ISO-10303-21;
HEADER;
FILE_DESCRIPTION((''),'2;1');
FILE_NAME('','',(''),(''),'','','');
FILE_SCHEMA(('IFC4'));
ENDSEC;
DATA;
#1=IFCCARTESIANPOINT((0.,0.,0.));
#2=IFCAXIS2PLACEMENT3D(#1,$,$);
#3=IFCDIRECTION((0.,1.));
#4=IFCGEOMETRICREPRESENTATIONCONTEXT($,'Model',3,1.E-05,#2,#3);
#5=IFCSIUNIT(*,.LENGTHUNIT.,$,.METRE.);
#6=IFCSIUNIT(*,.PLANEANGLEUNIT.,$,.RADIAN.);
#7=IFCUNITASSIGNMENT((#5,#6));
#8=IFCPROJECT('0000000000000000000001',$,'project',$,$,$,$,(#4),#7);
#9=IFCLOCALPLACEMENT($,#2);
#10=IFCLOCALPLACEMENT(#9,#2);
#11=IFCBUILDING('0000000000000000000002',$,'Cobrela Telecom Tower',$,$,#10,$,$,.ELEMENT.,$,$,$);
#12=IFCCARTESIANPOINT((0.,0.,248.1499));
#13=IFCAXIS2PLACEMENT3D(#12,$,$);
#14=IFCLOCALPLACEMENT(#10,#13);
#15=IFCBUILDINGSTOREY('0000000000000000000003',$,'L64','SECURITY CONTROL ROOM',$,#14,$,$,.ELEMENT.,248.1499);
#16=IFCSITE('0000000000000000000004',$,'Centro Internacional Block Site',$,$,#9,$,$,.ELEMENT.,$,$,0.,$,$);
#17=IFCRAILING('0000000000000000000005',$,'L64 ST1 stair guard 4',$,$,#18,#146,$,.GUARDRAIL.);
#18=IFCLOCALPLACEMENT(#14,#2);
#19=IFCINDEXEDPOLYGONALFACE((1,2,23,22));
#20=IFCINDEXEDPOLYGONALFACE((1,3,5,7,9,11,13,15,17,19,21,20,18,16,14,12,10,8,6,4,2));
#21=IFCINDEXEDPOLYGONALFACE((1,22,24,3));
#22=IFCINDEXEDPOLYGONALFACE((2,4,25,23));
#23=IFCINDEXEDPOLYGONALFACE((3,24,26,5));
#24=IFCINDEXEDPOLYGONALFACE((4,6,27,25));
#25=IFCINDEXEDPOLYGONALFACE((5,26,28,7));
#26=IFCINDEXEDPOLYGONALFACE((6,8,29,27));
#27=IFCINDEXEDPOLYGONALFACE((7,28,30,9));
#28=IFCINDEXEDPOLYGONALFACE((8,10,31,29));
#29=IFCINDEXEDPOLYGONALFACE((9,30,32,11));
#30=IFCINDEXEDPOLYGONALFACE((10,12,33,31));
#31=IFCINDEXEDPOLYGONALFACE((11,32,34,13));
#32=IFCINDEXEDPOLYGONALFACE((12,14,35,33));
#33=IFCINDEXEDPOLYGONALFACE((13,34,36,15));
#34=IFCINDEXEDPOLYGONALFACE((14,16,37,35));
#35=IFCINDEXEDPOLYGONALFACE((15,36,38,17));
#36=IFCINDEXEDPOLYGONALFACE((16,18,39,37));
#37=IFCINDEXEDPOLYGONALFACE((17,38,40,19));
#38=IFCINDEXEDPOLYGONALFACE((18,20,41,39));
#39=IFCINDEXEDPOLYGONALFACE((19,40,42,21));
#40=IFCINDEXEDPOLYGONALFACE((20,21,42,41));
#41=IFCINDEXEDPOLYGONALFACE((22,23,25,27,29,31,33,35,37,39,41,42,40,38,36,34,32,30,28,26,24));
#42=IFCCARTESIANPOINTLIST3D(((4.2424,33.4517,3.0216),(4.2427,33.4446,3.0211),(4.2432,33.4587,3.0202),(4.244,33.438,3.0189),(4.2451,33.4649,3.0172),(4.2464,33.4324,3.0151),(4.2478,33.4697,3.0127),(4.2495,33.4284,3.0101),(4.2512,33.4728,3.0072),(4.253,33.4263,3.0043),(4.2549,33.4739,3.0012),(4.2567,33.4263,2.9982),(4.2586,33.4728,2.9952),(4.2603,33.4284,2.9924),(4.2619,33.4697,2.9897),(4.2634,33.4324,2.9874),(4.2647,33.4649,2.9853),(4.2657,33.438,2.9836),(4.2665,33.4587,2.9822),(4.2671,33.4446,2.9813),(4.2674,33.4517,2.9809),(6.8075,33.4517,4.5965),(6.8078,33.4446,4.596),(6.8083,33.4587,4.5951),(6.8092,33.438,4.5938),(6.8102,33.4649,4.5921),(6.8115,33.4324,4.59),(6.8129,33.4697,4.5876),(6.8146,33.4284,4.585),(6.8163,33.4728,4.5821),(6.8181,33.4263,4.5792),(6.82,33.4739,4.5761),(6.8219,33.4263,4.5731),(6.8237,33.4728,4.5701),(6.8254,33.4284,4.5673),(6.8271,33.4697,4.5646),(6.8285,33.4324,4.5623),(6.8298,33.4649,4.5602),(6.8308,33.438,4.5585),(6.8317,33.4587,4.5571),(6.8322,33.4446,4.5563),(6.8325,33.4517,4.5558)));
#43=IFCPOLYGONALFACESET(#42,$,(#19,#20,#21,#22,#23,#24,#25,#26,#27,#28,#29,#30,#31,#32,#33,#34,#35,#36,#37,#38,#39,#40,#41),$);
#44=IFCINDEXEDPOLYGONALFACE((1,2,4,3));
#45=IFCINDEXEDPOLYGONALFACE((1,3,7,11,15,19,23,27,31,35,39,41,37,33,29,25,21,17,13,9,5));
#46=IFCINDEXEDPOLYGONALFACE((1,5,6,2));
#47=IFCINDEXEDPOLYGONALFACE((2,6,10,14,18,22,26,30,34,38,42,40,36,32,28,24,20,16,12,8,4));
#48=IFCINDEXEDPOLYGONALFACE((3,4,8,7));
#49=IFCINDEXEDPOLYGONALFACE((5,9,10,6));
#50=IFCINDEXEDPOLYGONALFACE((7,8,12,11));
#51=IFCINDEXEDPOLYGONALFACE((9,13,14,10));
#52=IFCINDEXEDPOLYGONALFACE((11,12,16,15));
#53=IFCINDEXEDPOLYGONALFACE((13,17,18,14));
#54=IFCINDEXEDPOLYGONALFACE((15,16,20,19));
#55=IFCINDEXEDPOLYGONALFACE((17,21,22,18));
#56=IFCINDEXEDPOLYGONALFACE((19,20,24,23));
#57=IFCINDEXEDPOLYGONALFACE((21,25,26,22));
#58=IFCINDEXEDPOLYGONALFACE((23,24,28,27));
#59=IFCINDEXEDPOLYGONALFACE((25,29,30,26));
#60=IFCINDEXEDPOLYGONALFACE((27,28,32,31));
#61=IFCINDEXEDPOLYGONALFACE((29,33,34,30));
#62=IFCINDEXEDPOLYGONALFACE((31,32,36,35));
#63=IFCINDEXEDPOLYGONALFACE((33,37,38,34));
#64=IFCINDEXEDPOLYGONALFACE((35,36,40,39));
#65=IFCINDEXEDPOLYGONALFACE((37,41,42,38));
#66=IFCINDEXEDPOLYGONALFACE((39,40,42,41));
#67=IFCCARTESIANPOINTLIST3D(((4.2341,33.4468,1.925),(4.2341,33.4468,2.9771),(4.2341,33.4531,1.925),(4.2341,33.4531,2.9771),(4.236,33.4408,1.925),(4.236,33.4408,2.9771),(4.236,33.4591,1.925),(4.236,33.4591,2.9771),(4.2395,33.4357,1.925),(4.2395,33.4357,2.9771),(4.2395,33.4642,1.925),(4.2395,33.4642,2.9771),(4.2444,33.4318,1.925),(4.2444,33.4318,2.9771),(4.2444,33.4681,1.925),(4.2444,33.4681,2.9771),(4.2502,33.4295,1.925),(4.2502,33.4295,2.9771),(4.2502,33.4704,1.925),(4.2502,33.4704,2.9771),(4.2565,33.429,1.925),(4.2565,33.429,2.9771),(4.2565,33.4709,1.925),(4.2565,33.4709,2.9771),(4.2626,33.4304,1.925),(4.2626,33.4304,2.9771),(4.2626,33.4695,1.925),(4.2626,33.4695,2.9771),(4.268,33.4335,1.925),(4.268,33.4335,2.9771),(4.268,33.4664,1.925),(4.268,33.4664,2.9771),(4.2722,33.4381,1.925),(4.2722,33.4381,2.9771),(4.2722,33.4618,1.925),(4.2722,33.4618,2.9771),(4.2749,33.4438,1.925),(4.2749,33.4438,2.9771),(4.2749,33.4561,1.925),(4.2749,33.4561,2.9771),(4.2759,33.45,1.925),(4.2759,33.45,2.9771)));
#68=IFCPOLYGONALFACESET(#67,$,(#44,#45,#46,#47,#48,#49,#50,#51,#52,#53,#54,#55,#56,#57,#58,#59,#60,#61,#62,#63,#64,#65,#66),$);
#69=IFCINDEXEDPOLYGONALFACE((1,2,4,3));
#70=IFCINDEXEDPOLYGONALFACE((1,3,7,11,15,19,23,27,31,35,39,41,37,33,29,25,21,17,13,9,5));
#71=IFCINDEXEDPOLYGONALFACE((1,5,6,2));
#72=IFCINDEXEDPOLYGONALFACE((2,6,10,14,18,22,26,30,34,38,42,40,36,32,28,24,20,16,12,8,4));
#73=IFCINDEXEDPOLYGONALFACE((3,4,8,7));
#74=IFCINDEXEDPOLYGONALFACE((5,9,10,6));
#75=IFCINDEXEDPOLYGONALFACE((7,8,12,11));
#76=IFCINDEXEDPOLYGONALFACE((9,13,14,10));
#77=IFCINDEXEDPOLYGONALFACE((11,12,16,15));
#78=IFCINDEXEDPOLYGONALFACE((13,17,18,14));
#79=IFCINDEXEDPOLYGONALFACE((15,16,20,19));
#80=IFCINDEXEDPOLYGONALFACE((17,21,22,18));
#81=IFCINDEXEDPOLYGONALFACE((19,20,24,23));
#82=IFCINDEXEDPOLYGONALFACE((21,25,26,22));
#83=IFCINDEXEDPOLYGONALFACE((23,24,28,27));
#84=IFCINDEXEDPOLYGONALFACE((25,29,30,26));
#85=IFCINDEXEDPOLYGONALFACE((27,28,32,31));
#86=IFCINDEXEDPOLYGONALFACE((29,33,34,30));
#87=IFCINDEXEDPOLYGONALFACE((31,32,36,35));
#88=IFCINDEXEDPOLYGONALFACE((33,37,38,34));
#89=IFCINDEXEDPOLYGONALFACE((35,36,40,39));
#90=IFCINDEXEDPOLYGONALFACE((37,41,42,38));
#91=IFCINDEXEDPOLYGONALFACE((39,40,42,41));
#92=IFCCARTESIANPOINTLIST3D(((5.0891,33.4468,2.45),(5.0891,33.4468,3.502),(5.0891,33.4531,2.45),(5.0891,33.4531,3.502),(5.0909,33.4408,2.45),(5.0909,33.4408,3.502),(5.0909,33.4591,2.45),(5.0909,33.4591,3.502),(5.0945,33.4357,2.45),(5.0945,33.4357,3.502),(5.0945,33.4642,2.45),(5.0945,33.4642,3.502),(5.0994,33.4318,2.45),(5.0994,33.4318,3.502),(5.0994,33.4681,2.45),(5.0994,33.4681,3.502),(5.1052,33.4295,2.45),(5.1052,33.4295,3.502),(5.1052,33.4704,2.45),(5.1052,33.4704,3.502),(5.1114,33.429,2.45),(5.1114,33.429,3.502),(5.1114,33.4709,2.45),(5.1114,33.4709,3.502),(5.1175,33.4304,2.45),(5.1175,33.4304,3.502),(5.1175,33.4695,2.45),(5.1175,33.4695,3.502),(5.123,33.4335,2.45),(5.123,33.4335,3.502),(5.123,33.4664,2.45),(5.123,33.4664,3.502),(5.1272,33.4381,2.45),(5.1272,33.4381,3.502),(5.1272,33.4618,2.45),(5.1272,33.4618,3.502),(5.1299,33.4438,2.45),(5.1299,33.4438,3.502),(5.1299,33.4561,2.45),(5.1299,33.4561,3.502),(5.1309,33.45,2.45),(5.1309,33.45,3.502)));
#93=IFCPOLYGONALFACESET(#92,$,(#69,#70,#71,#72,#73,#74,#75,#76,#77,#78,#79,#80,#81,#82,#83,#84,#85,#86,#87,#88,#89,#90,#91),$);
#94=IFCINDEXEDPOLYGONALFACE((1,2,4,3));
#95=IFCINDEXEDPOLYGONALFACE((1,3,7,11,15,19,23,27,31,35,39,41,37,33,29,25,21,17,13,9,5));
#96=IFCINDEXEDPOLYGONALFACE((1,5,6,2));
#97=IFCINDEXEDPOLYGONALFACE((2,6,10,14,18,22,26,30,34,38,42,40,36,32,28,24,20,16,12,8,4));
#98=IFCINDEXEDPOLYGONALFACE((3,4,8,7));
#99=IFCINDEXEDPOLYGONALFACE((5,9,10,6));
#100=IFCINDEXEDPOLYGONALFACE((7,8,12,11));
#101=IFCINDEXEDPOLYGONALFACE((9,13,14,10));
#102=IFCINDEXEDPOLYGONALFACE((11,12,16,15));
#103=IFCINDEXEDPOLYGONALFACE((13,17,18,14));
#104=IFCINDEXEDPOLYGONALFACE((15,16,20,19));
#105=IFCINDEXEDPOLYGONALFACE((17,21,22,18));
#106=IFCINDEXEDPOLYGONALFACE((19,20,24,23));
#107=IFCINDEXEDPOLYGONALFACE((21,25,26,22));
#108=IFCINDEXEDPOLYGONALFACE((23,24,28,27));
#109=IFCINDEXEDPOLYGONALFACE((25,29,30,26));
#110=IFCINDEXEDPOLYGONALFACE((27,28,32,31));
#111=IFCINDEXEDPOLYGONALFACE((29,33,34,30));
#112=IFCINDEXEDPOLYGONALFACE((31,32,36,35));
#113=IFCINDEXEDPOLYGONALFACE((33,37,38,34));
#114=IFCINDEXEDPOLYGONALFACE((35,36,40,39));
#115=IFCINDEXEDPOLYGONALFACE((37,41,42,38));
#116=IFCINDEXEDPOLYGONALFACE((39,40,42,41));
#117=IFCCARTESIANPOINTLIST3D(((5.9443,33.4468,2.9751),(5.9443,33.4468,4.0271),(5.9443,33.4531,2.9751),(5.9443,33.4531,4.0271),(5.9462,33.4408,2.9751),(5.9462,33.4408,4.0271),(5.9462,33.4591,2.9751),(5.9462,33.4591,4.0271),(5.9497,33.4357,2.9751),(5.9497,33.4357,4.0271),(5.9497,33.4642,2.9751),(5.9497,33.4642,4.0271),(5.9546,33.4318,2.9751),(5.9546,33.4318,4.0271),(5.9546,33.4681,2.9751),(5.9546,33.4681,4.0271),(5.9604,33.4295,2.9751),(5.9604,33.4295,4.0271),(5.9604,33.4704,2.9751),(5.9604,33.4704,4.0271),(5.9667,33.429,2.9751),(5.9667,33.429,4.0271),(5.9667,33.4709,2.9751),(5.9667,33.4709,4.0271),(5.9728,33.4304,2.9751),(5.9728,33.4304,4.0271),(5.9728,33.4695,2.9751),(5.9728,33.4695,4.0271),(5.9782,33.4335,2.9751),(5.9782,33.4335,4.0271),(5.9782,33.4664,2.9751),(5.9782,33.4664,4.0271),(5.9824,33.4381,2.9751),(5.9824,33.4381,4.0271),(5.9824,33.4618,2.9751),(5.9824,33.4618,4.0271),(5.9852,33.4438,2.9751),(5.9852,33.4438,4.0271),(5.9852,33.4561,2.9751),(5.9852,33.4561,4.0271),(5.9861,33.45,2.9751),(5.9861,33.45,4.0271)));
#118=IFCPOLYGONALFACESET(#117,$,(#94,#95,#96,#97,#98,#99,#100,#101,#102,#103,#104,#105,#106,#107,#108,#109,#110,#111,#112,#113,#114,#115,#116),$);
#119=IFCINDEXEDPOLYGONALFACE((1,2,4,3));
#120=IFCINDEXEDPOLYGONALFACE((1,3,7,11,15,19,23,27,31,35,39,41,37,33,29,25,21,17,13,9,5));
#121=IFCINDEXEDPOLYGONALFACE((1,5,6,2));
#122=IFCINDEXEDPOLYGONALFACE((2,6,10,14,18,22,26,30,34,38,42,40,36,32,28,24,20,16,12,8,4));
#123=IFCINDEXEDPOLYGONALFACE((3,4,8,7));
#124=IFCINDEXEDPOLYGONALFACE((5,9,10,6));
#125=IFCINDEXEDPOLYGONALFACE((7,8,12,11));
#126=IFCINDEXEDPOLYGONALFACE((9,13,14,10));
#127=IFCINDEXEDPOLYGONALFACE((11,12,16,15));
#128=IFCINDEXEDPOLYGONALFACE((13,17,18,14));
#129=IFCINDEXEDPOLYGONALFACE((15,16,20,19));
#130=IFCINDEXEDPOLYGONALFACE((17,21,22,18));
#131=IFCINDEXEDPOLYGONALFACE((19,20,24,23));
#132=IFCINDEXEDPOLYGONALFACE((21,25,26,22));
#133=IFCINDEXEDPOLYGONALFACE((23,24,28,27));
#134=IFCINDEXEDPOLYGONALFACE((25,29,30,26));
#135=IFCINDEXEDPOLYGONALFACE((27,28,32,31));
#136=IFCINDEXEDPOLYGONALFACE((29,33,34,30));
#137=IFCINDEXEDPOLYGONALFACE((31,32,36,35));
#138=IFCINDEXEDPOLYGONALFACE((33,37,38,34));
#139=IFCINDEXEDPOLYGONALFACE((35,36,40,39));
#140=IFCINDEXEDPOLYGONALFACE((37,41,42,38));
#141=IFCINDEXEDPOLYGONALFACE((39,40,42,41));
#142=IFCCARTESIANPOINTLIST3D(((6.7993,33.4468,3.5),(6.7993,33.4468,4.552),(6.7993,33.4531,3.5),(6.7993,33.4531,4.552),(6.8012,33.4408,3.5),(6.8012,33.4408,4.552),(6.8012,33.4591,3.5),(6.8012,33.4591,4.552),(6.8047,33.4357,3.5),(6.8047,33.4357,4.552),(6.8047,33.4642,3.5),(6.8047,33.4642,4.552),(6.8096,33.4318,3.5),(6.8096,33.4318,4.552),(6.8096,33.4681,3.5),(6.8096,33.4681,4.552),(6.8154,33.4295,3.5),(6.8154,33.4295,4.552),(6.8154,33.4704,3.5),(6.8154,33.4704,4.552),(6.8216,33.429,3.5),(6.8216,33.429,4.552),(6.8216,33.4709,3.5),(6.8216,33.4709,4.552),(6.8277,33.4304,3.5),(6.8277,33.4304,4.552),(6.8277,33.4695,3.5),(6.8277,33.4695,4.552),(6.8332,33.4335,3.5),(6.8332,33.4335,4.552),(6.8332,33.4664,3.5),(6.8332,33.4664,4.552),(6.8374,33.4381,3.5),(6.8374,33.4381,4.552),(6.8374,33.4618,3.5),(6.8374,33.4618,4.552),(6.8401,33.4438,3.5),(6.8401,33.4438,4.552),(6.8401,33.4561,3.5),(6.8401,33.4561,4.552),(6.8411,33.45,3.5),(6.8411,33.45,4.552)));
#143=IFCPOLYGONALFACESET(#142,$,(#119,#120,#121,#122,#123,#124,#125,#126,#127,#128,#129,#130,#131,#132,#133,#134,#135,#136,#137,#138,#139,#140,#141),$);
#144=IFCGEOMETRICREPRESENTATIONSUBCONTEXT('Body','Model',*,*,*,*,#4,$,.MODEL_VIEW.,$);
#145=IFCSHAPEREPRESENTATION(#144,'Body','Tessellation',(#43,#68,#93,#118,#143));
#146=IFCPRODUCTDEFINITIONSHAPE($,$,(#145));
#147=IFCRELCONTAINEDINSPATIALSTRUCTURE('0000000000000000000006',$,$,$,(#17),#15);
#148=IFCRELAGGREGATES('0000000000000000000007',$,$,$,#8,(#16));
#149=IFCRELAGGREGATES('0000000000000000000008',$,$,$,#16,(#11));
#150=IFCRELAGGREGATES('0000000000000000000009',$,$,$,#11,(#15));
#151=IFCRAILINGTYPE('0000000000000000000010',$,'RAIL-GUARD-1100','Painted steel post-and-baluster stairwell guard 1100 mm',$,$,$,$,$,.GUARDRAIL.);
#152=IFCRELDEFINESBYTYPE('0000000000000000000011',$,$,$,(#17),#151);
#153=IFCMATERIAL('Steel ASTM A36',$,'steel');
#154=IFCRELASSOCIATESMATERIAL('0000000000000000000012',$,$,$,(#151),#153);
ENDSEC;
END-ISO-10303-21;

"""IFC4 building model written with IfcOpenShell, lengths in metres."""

from ifc_helpers import new_model, si_unit, direction, frame, origin, origin_2d, place, context, subcontext, project, spatial, circle, extrude, material, type_object, element, save


model = new_model("IFC4")

# Units and contexts
model_context = context("Model", 3, precision=1e-05, world=origin(), true_north=direction((0.0, 1.0)))
body_context = subcontext(model_context, "Body", "Model", "MODEL_VIEW")
ifc_project = project(units=[si_unit("LENGTHUNIT", "METRE"), si_unit("PLANEANGLEUNIT", "RADIAN")], contexts=[model_context])

# Site, building, storey
site_placement = place(None, origin())
site = spatial("IfcSite", under=ifc_project, at=site_placement, Name="Centro Internacional Block Site", CompositionType="ELEMENT", RefElevation=0.0)
building_placement = place(site_placement, origin())
building = spatial("IfcBuilding", under=site, at=building_placement, Name="Cobrela Telecom Tower", CompositionType="ELEMENT")
storey_placement = place(building_placement, frame((0.0, 0.0, 248.1499)))
storey = spatial("IfcBuildingStorey", under=building, at=storey_placement, Name="L64", Description="SECURITY CONTROL ROOM", CompositionType="ELEMENT", Elevation=248.1499)

# Shared definitions
ifc_material_1 = material(Name="Steel ASTM A36", Category="steel")

# Railing
railing_type_1 = type_object("IfcRailingType", Name="RAIL-GUARD-1100", Description="Painted steel post-and-baluster stairwell guard 1100 mm", PredefinedType="GUARDRAIL", material=ifc_material_1)
railing_1_placement = place(storey_placement, frame((4.2549, 33.45, 1.925)))
element("IfcRailing", 1, at=railing_1_placement, inside=storey, type_object=railing_type_1, Name="L64 ST1 stair guard 4", PredefinedType="GUARDRAIL", context=body_context, shape_type="SweptSolid", body=[
    extrude(circle(Radius=0.0239, at=origin_2d()), frame((0.0, 0.0, 1.0762), z_axis=(0.852195, 0.0, 0.523224), x_axis=(0.0, 1.0, 0.0)), (0.0, 0.0, 1.0), 3.01),
    extrude(circle(Radius=0.021, at=origin_2d()), origin(), (0.0, 0.0, 1.0), 1.052),
    extrude(circle(Radius=0.021, at=origin_2d()), frame((0.855, 0.0, 0.5249)), (0.0, 0.0, 1.0), 1.052),
    extrude(circle(Radius=0.021, at=origin_2d()), frame((1.7102, 0.0, 1.05)), (0.0, 0.0, 1.0), 1.052),
    extrude(circle(Radius=0.021, at=origin_2d()), frame((2.5652, 0.0, 1.575)), (0.0, 0.0, 1.0), 1.052),
])

save(model, "model.ifc")
